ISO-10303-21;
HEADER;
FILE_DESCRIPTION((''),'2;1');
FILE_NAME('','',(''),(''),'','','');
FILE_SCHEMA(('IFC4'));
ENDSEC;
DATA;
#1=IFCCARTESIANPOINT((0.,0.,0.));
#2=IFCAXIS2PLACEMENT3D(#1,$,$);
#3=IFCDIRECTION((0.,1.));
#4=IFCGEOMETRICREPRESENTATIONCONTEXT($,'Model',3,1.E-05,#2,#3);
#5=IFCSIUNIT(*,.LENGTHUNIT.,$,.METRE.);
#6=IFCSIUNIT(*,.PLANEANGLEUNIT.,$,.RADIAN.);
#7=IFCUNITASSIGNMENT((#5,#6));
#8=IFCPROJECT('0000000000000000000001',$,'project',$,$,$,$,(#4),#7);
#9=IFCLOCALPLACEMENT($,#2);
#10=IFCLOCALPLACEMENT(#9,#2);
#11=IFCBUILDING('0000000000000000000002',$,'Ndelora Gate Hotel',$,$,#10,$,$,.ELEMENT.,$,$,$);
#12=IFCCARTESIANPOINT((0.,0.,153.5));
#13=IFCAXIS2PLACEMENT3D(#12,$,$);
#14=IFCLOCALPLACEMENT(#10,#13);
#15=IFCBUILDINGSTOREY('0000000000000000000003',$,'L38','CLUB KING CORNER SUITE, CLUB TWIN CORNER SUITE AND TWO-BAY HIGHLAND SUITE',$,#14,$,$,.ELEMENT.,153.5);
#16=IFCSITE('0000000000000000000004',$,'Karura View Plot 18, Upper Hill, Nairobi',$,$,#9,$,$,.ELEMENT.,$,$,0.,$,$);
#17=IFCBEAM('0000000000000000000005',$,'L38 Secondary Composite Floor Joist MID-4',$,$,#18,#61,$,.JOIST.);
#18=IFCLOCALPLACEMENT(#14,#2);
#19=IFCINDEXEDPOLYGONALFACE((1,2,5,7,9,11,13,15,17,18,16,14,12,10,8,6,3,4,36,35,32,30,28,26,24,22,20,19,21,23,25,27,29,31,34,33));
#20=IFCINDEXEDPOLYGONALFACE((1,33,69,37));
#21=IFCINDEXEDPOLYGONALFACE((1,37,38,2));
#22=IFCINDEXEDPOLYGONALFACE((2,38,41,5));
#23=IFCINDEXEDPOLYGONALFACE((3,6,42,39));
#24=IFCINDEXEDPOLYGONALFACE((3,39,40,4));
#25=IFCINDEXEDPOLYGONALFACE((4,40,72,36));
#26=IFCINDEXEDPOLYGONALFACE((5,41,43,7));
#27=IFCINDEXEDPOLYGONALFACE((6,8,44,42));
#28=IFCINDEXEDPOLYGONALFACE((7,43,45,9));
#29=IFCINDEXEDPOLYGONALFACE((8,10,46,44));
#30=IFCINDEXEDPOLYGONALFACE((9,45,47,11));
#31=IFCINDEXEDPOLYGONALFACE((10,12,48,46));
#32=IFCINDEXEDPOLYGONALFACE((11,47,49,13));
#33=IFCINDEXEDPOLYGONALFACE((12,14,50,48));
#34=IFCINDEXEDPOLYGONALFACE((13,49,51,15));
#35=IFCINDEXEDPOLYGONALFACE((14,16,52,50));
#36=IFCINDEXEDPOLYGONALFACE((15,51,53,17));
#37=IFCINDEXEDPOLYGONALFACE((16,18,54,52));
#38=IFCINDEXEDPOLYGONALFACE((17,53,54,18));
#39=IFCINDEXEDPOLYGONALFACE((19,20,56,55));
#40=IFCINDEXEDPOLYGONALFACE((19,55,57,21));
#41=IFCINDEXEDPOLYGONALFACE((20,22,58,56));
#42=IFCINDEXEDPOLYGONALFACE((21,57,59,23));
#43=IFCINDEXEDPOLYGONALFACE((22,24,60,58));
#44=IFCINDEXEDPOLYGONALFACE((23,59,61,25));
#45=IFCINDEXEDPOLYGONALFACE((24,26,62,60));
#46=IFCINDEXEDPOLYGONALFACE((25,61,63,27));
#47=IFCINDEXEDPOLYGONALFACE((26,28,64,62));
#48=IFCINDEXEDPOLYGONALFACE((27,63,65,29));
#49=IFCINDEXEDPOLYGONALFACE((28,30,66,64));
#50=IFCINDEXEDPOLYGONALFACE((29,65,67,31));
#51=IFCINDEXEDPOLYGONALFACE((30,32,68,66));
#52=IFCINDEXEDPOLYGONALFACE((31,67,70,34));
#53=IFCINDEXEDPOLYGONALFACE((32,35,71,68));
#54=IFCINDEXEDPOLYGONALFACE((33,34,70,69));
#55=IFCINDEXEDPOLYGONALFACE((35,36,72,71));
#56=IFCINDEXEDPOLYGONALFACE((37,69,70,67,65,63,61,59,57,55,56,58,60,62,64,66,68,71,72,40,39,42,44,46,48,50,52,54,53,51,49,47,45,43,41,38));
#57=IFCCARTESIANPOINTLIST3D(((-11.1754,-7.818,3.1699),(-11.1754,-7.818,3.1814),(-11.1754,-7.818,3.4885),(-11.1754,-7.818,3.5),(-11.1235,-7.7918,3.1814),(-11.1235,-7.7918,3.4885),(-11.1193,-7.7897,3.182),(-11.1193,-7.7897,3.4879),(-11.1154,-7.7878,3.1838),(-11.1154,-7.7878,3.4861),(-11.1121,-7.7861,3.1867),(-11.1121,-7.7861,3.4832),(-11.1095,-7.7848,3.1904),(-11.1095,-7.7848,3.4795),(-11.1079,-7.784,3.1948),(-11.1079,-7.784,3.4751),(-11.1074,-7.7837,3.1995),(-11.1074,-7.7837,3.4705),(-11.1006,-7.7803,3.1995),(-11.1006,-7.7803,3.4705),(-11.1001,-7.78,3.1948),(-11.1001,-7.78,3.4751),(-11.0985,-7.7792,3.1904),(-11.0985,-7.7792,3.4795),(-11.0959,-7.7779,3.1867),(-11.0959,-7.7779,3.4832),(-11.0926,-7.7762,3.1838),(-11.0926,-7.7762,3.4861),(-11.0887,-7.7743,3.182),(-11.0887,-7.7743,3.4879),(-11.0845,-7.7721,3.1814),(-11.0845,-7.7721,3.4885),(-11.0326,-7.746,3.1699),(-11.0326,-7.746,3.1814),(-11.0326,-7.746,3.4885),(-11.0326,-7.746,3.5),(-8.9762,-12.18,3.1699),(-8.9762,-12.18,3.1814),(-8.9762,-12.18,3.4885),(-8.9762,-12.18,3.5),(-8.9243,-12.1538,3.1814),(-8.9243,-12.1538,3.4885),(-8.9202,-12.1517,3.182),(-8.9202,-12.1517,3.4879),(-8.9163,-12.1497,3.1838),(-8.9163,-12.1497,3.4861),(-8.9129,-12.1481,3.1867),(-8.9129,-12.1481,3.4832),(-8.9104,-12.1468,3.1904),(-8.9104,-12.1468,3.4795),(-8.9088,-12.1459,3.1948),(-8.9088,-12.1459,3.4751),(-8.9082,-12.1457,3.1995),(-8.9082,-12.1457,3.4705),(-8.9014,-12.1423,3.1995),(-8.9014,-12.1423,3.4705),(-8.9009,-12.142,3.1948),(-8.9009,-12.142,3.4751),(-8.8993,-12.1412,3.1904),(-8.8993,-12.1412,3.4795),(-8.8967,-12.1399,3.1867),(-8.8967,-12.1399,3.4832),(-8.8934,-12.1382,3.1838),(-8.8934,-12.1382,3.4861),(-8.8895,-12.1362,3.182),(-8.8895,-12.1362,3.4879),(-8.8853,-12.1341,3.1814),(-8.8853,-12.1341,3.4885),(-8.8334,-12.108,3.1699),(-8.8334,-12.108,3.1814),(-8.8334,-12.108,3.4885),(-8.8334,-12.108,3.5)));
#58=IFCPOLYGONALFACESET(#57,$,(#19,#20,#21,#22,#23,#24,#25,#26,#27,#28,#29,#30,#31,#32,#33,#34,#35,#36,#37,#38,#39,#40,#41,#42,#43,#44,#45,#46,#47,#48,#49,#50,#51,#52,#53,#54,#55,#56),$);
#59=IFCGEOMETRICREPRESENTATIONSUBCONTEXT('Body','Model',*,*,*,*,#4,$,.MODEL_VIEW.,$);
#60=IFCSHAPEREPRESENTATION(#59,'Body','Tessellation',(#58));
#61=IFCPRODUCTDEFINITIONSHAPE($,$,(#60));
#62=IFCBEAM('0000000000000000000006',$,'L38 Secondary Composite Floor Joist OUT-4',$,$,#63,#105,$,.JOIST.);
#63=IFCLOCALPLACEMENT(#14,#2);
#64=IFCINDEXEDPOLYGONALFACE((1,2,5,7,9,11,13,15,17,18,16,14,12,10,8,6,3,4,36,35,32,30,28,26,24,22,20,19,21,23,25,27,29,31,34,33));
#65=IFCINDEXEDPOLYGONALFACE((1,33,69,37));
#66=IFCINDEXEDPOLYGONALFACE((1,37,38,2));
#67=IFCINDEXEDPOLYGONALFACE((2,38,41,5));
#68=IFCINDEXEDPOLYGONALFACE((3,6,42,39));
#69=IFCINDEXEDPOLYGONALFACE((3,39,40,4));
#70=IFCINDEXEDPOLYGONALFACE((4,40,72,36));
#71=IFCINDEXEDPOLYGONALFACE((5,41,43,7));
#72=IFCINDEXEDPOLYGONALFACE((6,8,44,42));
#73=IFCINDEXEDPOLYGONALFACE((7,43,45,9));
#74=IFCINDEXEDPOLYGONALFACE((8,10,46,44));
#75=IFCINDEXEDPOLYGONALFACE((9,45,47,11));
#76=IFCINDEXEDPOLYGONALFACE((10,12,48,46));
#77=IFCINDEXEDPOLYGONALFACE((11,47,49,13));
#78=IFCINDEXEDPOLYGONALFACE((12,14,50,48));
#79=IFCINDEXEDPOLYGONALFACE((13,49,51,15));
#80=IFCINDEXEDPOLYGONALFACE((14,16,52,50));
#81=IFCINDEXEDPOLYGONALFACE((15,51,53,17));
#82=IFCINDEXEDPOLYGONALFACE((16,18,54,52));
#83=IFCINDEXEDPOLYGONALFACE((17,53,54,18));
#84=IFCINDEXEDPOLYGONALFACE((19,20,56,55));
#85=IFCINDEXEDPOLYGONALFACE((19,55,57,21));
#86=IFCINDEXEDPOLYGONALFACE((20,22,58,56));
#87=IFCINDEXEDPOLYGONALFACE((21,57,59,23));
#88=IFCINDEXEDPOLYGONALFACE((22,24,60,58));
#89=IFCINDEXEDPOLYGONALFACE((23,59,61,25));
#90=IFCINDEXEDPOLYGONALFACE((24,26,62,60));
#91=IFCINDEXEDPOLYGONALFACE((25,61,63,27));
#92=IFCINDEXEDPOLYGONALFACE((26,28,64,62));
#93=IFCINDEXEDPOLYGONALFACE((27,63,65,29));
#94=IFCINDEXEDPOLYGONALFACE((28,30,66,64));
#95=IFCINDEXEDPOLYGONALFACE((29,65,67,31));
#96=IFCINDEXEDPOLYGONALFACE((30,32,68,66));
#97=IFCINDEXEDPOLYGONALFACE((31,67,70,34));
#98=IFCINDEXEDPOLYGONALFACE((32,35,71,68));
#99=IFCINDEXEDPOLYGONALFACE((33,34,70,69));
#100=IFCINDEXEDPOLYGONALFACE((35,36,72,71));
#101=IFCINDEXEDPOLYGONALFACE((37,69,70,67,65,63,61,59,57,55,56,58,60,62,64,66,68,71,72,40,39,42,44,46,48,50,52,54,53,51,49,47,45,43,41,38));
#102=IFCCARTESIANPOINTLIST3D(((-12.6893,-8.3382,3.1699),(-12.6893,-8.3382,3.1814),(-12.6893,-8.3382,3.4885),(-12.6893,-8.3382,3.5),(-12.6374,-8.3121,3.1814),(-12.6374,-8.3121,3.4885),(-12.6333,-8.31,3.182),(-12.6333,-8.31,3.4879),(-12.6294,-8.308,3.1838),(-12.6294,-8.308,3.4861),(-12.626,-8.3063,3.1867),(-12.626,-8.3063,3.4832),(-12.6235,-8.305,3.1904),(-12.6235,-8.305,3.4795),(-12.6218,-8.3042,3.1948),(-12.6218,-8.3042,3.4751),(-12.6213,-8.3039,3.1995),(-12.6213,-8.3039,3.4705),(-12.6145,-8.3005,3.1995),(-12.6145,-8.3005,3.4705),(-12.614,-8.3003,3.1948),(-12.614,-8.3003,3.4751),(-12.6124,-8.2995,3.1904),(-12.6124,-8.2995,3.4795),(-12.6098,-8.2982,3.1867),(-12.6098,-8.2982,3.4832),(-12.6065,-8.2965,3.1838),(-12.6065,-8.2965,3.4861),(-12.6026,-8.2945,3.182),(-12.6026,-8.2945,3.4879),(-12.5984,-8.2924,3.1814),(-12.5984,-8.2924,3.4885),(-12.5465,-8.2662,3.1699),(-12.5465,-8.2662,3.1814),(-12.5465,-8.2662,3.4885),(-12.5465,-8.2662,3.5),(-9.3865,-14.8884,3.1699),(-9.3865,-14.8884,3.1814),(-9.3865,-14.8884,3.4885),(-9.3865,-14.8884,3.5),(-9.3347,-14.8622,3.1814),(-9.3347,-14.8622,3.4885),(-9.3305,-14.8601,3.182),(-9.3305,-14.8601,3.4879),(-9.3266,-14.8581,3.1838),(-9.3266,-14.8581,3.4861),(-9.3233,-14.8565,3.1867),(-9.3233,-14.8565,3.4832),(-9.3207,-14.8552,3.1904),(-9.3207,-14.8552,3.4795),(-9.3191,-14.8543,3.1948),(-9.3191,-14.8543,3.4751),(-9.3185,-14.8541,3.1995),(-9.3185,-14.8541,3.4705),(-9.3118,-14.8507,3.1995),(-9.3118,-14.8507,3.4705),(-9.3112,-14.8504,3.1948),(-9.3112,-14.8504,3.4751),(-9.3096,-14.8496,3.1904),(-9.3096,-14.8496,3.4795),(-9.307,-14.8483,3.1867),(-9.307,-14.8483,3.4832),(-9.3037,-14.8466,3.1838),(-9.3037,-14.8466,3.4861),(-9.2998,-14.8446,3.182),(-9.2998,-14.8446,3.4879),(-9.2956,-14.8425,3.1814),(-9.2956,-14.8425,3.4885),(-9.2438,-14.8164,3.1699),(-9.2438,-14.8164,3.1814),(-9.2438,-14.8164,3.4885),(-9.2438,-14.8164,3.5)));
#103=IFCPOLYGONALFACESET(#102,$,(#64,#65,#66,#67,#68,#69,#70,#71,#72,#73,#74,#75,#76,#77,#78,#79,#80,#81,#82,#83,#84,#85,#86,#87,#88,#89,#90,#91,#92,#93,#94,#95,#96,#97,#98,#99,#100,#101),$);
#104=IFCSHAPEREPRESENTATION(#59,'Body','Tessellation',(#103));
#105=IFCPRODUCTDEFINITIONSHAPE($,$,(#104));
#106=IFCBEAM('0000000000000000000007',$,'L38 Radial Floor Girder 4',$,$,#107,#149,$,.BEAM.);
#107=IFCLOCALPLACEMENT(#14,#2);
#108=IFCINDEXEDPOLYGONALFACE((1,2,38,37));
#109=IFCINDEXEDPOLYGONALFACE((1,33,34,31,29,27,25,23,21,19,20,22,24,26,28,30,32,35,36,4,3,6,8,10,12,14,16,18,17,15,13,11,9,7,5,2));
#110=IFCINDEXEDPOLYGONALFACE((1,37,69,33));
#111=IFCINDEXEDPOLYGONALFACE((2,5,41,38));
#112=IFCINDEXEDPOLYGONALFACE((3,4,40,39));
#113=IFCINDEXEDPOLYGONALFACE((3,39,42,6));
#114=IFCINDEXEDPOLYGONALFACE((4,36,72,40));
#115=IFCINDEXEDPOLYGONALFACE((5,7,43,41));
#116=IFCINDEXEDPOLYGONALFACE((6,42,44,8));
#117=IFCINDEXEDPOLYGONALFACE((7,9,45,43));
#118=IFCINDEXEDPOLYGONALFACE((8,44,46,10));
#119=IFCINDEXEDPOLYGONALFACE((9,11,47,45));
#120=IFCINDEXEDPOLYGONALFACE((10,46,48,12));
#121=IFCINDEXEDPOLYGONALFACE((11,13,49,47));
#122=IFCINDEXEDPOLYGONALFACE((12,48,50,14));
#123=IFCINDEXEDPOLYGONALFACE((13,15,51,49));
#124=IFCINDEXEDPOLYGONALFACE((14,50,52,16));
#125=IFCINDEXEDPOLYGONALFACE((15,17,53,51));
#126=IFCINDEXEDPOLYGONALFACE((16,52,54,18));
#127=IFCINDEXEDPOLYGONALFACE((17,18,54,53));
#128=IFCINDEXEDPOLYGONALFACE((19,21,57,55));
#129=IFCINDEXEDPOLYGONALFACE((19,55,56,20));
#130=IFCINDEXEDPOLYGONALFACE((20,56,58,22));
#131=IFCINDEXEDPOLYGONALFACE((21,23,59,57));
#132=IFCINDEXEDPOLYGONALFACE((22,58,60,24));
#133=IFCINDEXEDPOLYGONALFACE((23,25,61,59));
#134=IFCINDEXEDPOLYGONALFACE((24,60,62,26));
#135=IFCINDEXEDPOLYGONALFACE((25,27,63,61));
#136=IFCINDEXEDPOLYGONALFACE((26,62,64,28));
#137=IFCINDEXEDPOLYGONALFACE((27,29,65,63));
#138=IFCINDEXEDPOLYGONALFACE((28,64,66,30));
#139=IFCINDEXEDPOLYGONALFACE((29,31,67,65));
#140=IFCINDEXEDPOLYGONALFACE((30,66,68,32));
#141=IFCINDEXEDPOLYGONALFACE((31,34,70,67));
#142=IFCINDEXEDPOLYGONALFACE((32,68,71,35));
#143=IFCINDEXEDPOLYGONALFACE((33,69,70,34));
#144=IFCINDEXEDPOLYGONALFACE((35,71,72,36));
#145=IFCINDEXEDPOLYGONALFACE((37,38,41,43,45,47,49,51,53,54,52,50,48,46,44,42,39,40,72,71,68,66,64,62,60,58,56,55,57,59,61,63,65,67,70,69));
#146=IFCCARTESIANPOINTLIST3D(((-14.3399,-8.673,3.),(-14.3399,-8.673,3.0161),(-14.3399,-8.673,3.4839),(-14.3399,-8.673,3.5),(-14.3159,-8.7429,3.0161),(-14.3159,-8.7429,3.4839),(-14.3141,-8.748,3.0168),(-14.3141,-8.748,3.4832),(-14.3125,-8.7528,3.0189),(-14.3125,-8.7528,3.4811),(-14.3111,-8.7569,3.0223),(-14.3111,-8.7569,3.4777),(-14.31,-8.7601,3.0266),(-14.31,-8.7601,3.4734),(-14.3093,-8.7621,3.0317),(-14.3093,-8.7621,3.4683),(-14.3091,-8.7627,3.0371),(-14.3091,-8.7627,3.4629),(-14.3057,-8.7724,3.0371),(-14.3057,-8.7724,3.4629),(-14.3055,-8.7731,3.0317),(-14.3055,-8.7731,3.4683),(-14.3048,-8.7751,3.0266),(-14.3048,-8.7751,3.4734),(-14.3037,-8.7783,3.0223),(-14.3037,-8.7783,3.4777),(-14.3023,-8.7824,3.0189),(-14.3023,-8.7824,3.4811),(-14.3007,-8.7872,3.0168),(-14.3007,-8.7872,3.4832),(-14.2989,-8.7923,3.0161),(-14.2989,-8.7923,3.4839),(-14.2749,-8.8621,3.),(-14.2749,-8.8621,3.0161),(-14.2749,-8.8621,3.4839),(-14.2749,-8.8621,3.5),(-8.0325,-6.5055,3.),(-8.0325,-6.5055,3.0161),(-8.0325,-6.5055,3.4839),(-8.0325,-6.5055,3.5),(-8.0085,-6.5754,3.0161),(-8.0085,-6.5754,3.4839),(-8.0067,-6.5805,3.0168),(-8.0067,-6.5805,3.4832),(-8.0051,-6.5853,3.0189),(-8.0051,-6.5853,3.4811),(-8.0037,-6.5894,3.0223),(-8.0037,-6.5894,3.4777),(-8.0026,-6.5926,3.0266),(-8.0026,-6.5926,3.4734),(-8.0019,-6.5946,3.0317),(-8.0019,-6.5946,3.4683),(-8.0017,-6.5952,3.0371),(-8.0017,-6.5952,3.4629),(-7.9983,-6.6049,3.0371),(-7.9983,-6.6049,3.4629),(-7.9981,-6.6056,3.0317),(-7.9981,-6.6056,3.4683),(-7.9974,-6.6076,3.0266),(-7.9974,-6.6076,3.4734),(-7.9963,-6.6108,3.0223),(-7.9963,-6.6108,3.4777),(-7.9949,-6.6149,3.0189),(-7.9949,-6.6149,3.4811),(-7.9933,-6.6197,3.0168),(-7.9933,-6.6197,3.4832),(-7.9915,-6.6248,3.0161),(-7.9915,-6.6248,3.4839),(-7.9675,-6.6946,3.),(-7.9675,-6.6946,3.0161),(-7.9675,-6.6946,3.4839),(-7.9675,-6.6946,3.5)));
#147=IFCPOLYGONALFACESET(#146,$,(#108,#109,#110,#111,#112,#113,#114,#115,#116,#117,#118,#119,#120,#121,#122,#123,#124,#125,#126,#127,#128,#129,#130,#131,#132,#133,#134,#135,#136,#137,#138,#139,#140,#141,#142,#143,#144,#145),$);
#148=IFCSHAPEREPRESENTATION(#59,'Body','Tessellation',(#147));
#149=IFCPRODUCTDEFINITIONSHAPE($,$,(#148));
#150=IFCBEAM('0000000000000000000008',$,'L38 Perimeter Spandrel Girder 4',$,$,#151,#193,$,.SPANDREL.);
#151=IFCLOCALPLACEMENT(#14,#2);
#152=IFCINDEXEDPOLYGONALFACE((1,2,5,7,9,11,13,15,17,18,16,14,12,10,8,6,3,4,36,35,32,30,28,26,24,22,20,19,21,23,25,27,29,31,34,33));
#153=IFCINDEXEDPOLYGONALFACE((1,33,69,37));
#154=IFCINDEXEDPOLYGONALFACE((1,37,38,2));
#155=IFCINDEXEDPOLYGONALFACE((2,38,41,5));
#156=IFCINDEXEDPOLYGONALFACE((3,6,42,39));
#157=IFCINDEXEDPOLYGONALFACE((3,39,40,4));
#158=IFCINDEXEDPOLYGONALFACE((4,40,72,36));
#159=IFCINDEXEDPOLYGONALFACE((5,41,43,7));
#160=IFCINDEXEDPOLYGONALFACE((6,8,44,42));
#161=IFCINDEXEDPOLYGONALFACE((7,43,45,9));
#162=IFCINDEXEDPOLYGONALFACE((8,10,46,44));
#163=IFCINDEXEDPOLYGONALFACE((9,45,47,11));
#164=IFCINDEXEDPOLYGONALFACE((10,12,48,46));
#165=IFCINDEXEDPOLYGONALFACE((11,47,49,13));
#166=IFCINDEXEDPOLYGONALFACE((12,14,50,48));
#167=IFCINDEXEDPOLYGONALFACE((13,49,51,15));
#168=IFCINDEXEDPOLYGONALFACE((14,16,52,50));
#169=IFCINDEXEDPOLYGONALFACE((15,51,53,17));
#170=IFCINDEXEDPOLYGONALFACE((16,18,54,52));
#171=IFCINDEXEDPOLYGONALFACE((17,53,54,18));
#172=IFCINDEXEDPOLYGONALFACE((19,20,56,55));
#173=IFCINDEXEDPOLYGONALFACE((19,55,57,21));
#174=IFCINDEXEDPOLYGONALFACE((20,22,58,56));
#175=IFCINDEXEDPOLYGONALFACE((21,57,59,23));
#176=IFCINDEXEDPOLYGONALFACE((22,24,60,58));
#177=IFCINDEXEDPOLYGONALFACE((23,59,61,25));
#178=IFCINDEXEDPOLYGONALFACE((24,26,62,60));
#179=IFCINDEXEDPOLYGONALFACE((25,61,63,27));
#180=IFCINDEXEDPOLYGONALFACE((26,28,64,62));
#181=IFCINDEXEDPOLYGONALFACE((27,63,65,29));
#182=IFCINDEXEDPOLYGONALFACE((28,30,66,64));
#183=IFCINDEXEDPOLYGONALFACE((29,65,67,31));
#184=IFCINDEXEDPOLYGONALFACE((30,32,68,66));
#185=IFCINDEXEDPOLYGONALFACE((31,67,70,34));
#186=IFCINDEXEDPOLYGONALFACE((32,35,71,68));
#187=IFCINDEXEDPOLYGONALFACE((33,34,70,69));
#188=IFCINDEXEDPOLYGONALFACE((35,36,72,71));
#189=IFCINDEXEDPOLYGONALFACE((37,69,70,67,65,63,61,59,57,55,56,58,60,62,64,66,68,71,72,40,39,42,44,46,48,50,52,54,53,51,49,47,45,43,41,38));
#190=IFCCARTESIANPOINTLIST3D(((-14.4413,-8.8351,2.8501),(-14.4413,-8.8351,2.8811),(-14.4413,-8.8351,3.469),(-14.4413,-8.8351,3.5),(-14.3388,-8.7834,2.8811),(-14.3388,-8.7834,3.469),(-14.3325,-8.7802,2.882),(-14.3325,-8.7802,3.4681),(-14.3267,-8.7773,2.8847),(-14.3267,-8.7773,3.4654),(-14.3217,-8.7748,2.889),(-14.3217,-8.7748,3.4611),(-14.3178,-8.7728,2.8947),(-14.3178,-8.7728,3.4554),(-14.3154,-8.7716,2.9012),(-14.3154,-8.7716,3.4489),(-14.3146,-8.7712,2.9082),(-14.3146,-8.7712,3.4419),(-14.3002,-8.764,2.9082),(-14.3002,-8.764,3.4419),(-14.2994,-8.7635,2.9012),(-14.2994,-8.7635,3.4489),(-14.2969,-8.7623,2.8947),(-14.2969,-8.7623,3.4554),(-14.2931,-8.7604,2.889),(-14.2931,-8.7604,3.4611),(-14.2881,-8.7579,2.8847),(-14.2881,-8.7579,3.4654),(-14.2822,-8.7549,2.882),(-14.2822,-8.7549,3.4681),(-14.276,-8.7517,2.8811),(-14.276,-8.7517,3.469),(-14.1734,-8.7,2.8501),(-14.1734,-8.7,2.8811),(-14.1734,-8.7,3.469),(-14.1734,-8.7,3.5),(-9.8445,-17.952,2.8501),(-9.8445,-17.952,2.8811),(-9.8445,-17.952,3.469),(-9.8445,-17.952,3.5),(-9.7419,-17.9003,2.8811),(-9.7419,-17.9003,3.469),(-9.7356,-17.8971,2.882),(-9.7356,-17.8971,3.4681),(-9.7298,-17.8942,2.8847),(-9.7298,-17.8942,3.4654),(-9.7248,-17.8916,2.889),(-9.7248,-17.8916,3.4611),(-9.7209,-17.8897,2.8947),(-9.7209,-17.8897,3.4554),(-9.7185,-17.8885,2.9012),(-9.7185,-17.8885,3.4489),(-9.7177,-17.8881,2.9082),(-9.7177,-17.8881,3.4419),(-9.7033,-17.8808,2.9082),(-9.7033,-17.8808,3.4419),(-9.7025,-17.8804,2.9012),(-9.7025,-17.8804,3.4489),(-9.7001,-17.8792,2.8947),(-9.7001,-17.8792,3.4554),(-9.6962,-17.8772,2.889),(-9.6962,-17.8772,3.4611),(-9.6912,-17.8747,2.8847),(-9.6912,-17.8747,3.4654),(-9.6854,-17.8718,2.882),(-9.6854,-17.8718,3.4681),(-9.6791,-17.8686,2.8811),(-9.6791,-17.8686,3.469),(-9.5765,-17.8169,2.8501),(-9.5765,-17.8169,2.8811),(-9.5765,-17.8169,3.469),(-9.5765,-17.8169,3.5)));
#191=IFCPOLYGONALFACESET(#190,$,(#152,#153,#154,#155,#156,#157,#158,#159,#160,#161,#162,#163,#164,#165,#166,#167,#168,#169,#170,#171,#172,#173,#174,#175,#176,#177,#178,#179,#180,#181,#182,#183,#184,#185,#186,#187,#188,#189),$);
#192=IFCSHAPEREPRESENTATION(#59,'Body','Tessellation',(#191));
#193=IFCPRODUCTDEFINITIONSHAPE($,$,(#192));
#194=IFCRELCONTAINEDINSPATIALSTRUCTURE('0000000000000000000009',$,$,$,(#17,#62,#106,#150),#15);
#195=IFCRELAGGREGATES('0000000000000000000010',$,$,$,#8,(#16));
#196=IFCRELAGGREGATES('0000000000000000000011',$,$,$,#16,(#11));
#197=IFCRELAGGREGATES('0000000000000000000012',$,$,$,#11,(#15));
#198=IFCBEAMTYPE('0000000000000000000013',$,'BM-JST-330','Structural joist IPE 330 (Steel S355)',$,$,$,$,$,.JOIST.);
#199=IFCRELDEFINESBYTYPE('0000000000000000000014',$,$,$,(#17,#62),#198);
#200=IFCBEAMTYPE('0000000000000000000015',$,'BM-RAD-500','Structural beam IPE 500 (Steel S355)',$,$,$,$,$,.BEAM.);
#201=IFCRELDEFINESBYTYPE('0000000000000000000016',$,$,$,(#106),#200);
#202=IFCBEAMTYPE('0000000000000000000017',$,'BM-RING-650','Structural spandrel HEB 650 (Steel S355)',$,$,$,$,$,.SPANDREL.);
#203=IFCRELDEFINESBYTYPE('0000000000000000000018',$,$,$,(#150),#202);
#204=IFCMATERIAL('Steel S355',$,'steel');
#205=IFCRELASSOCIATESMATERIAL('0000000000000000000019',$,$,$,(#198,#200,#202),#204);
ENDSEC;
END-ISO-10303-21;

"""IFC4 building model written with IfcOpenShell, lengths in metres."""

from ifc_helpers import new_model, si_unit, direction, frame, origin, origin_2d, place, context, subcontext, project, spatial, i_section, extrude, material, material_profile, profile_set, type_object, element, save


model = new_model("IFC4")

# Units and contexts
model_context = context("Model", 3, precision=1e-05, world=origin(), true_north=direction((0.0, 1.0)))
body_context = subcontext(model_context, "Body", "Model", "MODEL_VIEW")
ifc_project = project(units=[si_unit("LENGTHUNIT", "METRE"), si_unit("PLANEANGLEUNIT", "RADIAN")], contexts=[model_context])

# Site, building, storey
site_placement = place(None, origin())
site = spatial("IfcSite", under=ifc_project, at=site_placement, Name="Karura View Plot 18, Upper Hill, Nairobi", CompositionType="ELEMENT", RefElevation=0.0)
building_placement = place(site_placement, origin())
building = spatial("IfcBuilding", under=site, at=building_placement, Name="Ndelora Gate Hotel", CompositionType="ELEMENT")
storey_placement = place(building_placement, frame((0.0, 0.0, 153.5)))
storey = spatial("IfcBuildingStorey", under=building, at=storey_placement, Name="L38", Description="CLUB KING CORNER SUITE, CLUB TWIN CORNER SUITE AND TWO-BAY HIGHLAND SUITE", CompositionType="ELEMENT", Elevation=153.5)

# Beams
ifc_material_1 = material(Name="Steel S355", Category="steel")
ifc_material_profile_1 = material_profile(ifc_material_1, i_section(OverallWidth=0.1599, OverallDepth=0.3301, WebThickness=0.0076, FlangeThickness=0.0115, FilletRadius=0.0181, at=origin_2d()), Name="IPE 330")
ifc_profile_set_1 = profile_set([ifc_material_profile_1], Name="Steel S355")
beam_type_1 = type_object("IfcBeamType", Name="BM-JST-330", Description="Structural joist IPE 330 (Steel S355)", PredefinedType="JOIST", material=ifc_profile_set_1)
beam_1_placement = place(storey_placement, frame((-11.104, -7.782, 3.335), z_axis=(0.45019, -0.892933, 0.0), x_axis=(0.892933, 0.45019, 0.0)))
element("IfcBeam", 1, at=beam_1_placement, inside=storey, type_object=beam_type_1, Name="L38 Secondary Composite Floor Joist MID-4", PredefinedType="JOIST", context=body_context, shape_type="SweptSolid", body=[
    extrude(i_section(OverallWidth=0.1599, OverallDepth=0.3301, WebThickness=0.0076, FlangeThickness=0.0115, FilletRadius=0.0181, at=origin_2d()), origin(), (0.0, 0.0, 1.0), 4.885),
])
beam_2_placement = place(storey_placement, frame((-12.6179, -8.3022, 3.335), z_axis=(0.450233, -0.892911, 0.0), x_axis=(0.892911, 0.450233, 0.0)))
element("IfcBeam", 2, at=beam_2_placement, inside=storey, type_object=beam_type_1, Name="L38 Secondary Composite Floor Joist OUT-4", PredefinedType="JOIST", context=body_context, shape_type="SweptSolid", body=[
    extrude(i_section(OverallWidth=0.1599, OverallDepth=0.3301, WebThickness=0.0076, FlangeThickness=0.0115, FilletRadius=0.0181, at=origin_2d()), origin(), (0.0, 0.0, 1.0), 7.3357),
])
ifc_material_profile_2 = material_profile(ifc_material_1, i_section(OverallWidth=0.2, OverallDepth=0.5, WebThickness=0.0103, FlangeThickness=0.0161, FilletRadius=0.021, at=origin_2d()), Name="IPE 500")
ifc_profile_set_2 = profile_set([ifc_material_profile_2], Name="Steel S355")
beam_type_2 = type_object("IfcBeamType", Name="BM-RAD-500", Description="Structural beam IPE 500 (Steel S355)", PredefinedType="BEAM", material=ifc_profile_set_2)
beam_3_placement = place(storey_placement, frame((-8.0, -6.6001, 3.25), z_axis=(-0.945718, -0.324989, 0.0), x_axis=(0.324989, -0.945718, 0.0)))
element("IfcBeam", 3, at=beam_3_placement, inside=storey, type_object=beam_type_2, Name="L38 Radial Floor Girder 4", PredefinedType="BEAM", context=body_context, shape_type="SweptSolid", body=[
    extrude(i_section(OverallWidth=0.2, OverallDepth=0.5, WebThickness=0.0103, FlangeThickness=0.0161, FilletRadius=0.021, at=origin_2d()), origin(), (0.0, 0.0, 1.0), 6.6694),
])
ifc_material_profile_3 = material_profile(ifc_material_1, i_section(OverallWidth=0.3, OverallDepth=0.6499, WebThickness=0.0161, FlangeThickness=0.031, FilletRadius=0.0271, at=origin_2d()), Name="HEB 650")
ifc_profile_set_3 = profile_set([ifc_material_profile_3], Name="Steel S355")
beam_type_3 = type_object("IfcBeamType", Name="BM-RING-650", Description="Structural spandrel HEB 650 (Steel S355)", PredefinedType="SPANDREL", material=ifc_profile_set_3)
beam_4_placement = place(storey_placement, frame((-14.3074, -8.7676, 3.175), z_axis=(0.450224, -0.892916, 0.0), x_axis=(0.892916, 0.450224, 0.0)))
element("IfcBeam", 4, at=beam_4_placement, inside=storey, type_object=beam_type_3, Name="L38 Perimeter Spandrel Girder 4", PredefinedType="SPANDREL", context=body_context, shape_type="SweptSolid", body=[
    extrude(i_section(OverallWidth=0.3, OverallDepth=0.6499, WebThickness=0.0161, FlangeThickness=0.031, FilletRadius=0.0271, at=origin_2d()), origin(), (0.0, 0.0, 1.0), 10.2102),
])

save(model, "model.ifc")
